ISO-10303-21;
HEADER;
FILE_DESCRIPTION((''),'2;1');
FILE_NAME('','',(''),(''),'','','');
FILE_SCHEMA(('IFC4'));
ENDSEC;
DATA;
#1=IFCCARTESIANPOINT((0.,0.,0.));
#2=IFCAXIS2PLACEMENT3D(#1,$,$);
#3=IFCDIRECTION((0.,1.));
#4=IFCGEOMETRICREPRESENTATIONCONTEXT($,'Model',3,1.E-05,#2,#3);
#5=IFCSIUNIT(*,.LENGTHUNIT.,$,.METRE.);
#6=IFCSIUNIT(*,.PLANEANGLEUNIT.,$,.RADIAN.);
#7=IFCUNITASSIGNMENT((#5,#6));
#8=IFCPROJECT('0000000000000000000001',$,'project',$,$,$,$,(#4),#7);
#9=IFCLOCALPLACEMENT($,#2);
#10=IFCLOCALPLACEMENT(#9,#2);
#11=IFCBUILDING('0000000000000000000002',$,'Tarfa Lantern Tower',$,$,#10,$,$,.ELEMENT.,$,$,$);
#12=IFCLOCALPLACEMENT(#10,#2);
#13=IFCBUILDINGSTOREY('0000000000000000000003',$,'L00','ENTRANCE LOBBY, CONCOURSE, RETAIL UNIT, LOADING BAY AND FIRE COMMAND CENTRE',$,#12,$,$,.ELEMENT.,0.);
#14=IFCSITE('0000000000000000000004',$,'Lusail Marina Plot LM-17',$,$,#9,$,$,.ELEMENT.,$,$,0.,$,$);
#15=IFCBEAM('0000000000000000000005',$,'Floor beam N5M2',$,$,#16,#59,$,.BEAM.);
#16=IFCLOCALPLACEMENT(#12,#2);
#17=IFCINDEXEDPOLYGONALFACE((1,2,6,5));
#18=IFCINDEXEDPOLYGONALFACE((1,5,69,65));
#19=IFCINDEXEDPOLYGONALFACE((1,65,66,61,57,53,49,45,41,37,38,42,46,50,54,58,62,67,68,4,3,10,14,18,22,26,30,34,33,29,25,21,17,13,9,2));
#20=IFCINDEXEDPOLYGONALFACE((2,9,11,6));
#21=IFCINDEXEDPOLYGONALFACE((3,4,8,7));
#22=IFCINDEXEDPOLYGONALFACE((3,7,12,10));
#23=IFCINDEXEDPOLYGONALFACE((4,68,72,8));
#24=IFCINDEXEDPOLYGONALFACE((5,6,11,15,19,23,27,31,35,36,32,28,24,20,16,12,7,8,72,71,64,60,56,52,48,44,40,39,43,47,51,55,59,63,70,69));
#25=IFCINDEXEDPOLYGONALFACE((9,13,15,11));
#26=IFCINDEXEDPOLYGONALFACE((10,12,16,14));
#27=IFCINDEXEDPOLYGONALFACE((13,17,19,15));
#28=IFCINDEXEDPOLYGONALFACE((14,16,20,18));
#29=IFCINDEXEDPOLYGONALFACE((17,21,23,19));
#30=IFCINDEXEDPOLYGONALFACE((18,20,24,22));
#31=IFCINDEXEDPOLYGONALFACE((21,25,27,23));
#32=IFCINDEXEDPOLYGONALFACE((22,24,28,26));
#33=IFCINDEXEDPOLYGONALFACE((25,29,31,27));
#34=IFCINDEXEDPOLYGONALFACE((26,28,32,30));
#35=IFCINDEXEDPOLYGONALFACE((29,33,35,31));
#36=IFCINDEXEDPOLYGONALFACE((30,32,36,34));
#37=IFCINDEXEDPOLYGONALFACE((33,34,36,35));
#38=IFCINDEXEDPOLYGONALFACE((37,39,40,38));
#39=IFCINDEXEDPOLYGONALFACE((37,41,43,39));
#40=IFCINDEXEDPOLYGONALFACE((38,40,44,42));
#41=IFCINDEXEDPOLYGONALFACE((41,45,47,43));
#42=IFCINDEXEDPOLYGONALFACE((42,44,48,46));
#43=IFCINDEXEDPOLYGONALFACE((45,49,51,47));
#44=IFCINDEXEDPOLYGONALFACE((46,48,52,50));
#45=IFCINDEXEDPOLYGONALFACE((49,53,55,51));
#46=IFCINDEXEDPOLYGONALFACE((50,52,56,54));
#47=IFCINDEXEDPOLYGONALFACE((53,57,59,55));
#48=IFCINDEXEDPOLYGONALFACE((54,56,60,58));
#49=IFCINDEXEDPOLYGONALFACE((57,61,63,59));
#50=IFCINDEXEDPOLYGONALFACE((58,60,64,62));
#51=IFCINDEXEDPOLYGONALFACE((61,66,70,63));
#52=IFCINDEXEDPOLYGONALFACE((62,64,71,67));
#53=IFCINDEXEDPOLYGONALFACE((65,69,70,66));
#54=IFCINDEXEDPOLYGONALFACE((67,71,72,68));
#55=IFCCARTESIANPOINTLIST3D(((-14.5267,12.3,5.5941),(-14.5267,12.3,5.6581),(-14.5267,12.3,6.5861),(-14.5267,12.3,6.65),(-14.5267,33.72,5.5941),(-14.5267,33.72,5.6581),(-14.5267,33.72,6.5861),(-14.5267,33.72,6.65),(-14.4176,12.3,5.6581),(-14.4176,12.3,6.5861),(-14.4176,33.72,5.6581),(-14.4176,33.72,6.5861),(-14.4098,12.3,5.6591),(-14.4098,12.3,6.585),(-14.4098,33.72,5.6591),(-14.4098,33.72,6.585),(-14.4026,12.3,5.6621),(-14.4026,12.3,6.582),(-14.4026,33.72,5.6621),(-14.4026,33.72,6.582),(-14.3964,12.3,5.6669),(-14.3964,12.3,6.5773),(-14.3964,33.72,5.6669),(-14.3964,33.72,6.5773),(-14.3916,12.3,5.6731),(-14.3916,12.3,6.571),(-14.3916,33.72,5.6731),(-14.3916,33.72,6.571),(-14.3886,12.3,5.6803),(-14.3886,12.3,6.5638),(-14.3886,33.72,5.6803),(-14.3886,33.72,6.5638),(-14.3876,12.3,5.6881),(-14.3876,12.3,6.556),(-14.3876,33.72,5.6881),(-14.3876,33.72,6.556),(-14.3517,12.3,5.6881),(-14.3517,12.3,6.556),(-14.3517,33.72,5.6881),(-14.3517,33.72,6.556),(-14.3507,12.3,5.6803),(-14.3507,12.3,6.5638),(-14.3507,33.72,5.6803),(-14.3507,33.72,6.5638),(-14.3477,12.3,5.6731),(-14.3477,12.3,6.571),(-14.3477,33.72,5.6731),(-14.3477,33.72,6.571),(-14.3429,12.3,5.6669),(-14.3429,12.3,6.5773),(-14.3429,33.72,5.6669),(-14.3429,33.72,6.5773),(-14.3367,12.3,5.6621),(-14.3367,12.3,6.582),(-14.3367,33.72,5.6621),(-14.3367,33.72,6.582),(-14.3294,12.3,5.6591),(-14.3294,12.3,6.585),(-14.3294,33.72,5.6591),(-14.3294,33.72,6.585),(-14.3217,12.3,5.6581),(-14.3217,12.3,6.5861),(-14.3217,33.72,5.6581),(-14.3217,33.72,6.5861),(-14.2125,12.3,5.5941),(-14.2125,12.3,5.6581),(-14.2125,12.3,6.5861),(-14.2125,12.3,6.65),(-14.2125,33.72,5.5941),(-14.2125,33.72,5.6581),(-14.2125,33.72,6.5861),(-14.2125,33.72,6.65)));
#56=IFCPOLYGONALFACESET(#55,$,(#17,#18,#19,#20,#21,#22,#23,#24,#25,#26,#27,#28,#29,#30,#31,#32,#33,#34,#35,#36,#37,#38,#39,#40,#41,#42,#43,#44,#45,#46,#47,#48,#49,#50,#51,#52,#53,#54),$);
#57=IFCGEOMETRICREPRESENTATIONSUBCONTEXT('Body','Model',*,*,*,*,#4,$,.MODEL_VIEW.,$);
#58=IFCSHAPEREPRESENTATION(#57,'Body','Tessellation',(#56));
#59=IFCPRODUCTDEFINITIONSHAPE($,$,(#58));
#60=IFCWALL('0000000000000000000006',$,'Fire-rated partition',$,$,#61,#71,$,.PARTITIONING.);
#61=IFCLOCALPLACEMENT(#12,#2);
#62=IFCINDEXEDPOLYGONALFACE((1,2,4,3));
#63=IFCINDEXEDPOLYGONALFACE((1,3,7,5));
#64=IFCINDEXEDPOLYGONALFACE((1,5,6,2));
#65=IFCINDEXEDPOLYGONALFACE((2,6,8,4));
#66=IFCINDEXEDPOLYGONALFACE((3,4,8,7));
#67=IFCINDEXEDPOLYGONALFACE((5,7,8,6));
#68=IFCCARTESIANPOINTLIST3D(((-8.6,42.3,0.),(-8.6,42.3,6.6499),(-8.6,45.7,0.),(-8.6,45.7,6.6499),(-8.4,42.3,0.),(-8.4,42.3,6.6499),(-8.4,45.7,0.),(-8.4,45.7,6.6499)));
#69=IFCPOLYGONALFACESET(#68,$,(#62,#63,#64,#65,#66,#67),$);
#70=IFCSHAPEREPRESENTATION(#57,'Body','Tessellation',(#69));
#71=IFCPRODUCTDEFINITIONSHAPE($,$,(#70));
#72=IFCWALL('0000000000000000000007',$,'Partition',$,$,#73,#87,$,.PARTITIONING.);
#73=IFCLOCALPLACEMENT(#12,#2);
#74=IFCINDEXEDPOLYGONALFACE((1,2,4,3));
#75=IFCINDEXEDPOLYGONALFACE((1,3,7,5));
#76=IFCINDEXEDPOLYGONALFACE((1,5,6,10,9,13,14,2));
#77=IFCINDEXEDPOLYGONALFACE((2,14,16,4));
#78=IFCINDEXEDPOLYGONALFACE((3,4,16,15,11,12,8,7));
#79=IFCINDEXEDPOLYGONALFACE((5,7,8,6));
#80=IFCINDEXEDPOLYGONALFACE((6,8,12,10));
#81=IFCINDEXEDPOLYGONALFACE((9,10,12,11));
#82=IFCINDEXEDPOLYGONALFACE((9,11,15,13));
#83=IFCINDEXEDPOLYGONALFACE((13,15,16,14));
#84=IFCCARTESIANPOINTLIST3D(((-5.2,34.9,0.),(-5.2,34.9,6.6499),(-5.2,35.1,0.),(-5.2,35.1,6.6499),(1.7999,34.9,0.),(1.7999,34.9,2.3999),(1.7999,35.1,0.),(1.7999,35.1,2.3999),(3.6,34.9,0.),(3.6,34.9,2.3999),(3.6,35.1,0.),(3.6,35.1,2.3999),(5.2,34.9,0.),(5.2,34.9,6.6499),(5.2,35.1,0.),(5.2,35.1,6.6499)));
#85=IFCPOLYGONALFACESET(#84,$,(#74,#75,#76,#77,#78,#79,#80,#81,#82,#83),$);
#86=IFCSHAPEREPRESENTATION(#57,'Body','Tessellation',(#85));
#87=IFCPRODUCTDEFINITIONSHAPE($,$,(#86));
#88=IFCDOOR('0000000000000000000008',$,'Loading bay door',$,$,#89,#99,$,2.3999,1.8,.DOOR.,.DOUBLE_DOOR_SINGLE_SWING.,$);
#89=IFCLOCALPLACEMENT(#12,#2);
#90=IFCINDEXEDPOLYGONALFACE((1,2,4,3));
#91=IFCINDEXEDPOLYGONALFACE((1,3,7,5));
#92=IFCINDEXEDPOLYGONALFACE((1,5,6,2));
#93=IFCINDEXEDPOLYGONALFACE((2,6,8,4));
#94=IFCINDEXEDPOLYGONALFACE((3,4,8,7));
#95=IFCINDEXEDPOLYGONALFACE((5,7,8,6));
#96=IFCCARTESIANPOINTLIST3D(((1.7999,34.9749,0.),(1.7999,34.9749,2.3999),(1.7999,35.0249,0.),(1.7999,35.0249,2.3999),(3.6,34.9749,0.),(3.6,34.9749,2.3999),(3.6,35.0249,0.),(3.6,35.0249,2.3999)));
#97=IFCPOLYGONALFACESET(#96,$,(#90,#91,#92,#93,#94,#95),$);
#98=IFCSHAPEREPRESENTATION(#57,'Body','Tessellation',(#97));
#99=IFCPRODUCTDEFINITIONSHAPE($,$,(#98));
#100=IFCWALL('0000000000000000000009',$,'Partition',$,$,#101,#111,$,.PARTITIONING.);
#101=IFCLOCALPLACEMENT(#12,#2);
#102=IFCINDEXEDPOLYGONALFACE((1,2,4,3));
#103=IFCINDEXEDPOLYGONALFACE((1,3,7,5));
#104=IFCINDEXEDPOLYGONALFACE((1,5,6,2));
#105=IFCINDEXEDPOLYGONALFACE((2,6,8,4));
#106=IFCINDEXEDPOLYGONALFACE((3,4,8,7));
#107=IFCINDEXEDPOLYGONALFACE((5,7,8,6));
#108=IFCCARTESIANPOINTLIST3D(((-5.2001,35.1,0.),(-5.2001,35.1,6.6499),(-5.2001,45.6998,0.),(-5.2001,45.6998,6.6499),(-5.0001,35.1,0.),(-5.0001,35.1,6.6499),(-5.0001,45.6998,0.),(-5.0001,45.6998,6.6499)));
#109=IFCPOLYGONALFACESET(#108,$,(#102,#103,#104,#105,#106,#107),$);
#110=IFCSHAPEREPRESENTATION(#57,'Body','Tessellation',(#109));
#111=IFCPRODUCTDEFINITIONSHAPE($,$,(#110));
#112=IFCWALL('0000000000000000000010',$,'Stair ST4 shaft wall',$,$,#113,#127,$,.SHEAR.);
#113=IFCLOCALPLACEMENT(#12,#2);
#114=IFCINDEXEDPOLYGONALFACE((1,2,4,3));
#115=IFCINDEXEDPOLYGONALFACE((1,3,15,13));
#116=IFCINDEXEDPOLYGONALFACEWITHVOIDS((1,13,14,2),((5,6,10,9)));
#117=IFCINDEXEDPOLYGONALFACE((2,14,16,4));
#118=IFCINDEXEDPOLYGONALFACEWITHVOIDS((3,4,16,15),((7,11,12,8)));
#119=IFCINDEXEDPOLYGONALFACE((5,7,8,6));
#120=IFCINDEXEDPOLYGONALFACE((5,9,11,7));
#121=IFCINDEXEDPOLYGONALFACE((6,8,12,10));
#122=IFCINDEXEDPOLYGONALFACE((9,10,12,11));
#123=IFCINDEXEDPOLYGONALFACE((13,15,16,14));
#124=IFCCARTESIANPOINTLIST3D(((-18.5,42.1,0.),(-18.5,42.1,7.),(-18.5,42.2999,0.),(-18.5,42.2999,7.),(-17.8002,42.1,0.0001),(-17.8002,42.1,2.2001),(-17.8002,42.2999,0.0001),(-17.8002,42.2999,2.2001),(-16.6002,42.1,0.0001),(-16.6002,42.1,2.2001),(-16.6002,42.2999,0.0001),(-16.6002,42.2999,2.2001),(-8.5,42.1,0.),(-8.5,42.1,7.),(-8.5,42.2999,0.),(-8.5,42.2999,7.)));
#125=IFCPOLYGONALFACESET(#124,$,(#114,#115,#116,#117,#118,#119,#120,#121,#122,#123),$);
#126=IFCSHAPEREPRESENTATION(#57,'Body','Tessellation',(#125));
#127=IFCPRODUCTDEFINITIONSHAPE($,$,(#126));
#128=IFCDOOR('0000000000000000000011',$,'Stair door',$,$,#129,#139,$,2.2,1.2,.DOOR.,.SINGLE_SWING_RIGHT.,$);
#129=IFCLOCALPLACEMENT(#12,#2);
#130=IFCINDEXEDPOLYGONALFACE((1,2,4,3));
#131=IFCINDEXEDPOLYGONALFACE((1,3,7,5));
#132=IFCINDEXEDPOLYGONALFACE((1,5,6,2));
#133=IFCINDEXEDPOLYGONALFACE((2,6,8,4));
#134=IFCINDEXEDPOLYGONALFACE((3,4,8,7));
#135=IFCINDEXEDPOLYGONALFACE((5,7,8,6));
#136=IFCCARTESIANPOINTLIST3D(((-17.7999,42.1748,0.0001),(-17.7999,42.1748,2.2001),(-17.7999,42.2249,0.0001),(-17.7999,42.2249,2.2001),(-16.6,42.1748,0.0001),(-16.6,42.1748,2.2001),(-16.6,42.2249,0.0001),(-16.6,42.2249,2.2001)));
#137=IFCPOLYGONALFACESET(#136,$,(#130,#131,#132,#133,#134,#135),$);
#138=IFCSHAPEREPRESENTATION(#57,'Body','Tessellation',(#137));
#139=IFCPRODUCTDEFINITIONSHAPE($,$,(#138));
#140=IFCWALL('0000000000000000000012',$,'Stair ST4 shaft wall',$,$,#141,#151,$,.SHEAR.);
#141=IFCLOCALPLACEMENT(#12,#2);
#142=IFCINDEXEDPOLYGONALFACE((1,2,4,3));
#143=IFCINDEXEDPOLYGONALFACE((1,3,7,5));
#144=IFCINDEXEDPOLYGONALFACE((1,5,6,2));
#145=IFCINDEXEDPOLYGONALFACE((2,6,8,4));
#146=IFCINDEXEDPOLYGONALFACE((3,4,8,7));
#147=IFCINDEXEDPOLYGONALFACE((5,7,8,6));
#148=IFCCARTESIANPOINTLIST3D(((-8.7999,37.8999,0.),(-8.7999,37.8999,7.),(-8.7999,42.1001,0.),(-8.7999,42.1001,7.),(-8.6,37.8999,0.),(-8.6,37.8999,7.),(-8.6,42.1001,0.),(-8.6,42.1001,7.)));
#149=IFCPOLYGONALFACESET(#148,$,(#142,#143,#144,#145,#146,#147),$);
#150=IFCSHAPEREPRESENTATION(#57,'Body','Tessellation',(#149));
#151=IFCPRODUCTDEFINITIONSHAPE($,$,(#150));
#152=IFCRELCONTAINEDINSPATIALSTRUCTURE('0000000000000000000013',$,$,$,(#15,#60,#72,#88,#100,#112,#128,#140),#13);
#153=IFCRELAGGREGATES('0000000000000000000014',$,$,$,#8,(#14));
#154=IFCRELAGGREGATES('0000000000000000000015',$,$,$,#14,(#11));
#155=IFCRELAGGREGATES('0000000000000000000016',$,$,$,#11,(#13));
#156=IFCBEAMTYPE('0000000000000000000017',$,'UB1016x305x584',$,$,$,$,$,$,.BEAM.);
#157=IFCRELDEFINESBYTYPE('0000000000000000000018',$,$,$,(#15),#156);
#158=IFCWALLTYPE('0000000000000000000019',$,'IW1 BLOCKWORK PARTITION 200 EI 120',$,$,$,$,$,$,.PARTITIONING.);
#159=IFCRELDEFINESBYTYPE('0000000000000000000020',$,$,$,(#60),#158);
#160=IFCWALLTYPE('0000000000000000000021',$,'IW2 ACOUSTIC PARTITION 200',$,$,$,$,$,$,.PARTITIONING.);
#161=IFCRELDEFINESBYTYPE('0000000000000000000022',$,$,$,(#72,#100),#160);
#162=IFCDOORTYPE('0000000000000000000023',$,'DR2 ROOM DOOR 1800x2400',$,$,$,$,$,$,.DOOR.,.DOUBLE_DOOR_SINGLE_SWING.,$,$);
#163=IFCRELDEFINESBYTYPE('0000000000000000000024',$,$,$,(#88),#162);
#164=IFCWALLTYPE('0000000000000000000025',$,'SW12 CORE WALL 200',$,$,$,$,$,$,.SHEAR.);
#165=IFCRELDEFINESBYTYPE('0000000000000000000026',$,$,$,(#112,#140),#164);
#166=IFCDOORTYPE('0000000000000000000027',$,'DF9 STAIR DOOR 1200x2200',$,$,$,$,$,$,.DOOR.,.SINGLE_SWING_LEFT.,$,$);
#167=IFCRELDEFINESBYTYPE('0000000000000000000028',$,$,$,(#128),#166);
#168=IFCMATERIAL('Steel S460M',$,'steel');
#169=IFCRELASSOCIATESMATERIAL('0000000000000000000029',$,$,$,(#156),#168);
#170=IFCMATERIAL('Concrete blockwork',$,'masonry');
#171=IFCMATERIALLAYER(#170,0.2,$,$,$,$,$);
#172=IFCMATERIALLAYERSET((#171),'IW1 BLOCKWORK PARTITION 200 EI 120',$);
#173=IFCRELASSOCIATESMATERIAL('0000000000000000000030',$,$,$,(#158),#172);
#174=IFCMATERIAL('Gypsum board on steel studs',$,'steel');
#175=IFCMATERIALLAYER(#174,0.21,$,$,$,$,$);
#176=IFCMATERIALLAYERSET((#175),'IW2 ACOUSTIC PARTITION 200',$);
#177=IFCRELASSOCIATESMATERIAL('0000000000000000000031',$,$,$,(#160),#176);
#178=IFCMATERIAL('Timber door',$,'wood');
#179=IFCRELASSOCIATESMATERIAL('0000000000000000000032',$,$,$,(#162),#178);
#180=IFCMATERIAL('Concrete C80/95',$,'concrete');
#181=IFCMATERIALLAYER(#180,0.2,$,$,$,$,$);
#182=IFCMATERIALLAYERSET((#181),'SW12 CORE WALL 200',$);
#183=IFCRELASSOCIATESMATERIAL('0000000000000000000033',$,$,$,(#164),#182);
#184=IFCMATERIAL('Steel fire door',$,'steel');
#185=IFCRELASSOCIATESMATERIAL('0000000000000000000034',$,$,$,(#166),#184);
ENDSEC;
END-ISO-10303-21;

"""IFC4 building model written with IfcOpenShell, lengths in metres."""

from ifc_helpers import new_model, si_unit, direction, frame, frame_2d, origin, origin_2d, place, context, subcontext, project, spatial, rectangle, i_section, extrude, material, layer, layer_set, material_profile, profile_set, type_object, element, fill, save


model = new_model("IFC4")

# Units and contexts
model_context = context("Model", 3, precision=1e-05, world=origin(), true_north=direction((0.0, 1.0)))
body_context = subcontext(model_context, "Body", "Model", "MODEL_VIEW")
ifc_project = project(units=[si_unit("LENGTHUNIT", "METRE"), si_unit("PLANEANGLEUNIT", "RADIAN")], contexts=[model_context])

# Site, building, storey
site_placement = place(None, origin())
site = spatial("IfcSite", under=ifc_project, at=site_placement, Name="Lusail Marina Plot LM-17", CompositionType="ELEMENT", RefElevation=0.0)
building_placement = place(site_placement, origin())
building = spatial("IfcBuilding", under=site, at=building_placement, Name="Tarfa Lantern Tower", CompositionType="ELEMENT")
storey_placement = place(building_placement, origin())
storey = spatial("IfcBuildingStorey", under=building, at=storey_placement, Name="L00", Description="ENTRANCE LOBBY, CONCOURSE, RETAIL UNIT, LOADING BAY AND FIRE COMMAND CENTRE", CompositionType="ELEMENT", Elevation=0.0)

# Shared definitions
ifc_material_1 = material(Name="Concrete C80/95", Category="concrete")

# Beam
ifc_material_2 = material(Name="Steel S460M", Category="steel")
ifc_material_profile_1 = material_profile(ifc_material_2, i_section(OverallWidth=0.3142, OverallDepth=1.0559, WebThickness=0.0359, FlangeThickness=0.064, FilletRadius=0.03, at=origin_2d()), Name="UB1016x305x584")
ifc_profile_set_1 = profile_set([ifc_material_profile_1], Name="Steel S460M")
beam_type_1 = type_object("IfcBeamType", Name="UB1016x305x584", PredefinedType="BEAM", material=ifc_profile_set_1)
for number, where, z_axis, x_axis, name in (
    (1, (-14.3696, 33.72, 6.1221), (0.0, -1.0, 0.0), (1.0, 0.0, 0.0), "Floor beam N5M2"),
):
    element("IfcBeam", number, at=place(storey_placement, frame(where, z_axis=z_axis, x_axis=x_axis)), inside=storey, type_object=beam_type_1, Name=name, PredefinedType="BEAM", context=body_context, shape_type="SweptSolid", body=[
        extrude(i_section(OverallWidth=0.3142, OverallDepth=1.0559, WebThickness=0.0359, FlangeThickness=0.064, FilletRadius=0.03, at=origin_2d()), origin(), (0.0, 0.0, 1.0), 21.4199),
    ])

# Wall
ifc_material_3 = material(Name="Concrete blockwork", Category="masonry")
ifc_layer_1 = layer(ifc_material_3, 0.2)
ifc_layer_set_1 = layer_set([ifc_layer_1], Name="IW1 BLOCKWORK PARTITION 200 EI 120")
wall_type_1 = type_object("IfcWallType", Name="IW1 BLOCKWORK PARTITION 200 EI 120", PredefinedType="PARTITIONING", material=ifc_layer_set_1)
wall_1_placement = place(storey_placement, frame((-8.5, 45.7, 0.0), z_axis=(0.0, 0.0, 1.0), x_axis=(0.0, -1.0, 0.0)))
element("IfcWall", 2, at=wall_1_placement, inside=storey, type_object=wall_type_1, Name="Fire-rated partition", PredefinedType="PARTITIONING", context=body_context, shape_type="SweptSolid", body=[
    extrude(rectangle(XDim=3.3999, YDim=0.2, at=frame_2d((1.7, 0.0))), origin(), (0.0, 0.0, 1.0), 6.6499),
])

# Wall, opening, door
ifc_material_4 = material(Name="Gypsum board on steel studs", Category="steel")
ifc_layer_2 = layer(ifc_material_4, 0.21)
ifc_layer_set_2 = layer_set([ifc_layer_2], Name="IW2 ACOUSTIC PARTITION 200")
wall_type_2 = type_object("IfcWallType", Name="IW2 ACOUSTIC PARTITION 200", PredefinedType="PARTITIONING", material=ifc_layer_set_2)
wall_2_placement = place(storey_placement, frame((-5.2, 35.0, 0.0), z_axis=(0.0, 0.0, 1.0), x_axis=(1.0, 0.0, 0.0)))
wall_2 = element("IfcWall", 3, at=wall_2_placement, inside=storey, type_object=wall_type_2, Name="Partition", PredefinedType="PARTITIONING", context=body_context, shape_type="SweptSolid", body=[
    extrude(rectangle(XDim=10.3999, YDim=0.2, at=frame_2d((5.2, 0.0))), origin(), (0.0, 0.0, 1.0), 6.6499),
])
opening_1_placement = place(wall_2_placement, frame((7.0, 0.0, 0.0)))
opening_1 = element("IfcOpeningElement", 4, at=opening_1_placement, cuts=wall_2, PredefinedType="OPENING", context=body_context, shape_type="SweptSolid", body=[
    extrude(rectangle(XDim=1.8, YDim=2.3999, at=frame_2d((0.8999, 1.2))), frame((0.0, 0.1099, 0.0), z_axis=(0.0, -1.0, 0.0), x_axis=(1.0, 0.0, 0.0)), (0.0, 0.0, 1.0), 0.22),
])
ifc_material_5 = material(Name="Timber door", Category="wood")
door_type_1 = type_object("IfcDoorType", Name="DR2 ROOM DOOR 1800x2400", OperationType="DOUBLE_DOOR_SINGLE_SWING", PredefinedType="DOOR", material=ifc_material_5)
door_1_placement = place(opening_1_placement, origin())
door_1 = element("IfcDoor", 5, at=door_1_placement, inside=storey, type_object=door_type_1, Name="Loading bay door", OperationType="DOUBLE_DOOR_SINGLE_SWING", OverallHeight=2.3999, OverallWidth=1.8, PredefinedType="DOOR", context=body_context, shape_type="SweptSolid", body=[
    extrude(rectangle(XDim=1.8, YDim=2.3999, at=frame_2d((0.8999, 1.2))), frame((0.0, 0.0249, 0.0), z_axis=(0.0, -1.0, 0.0), x_axis=(1.0, 0.0, 0.0)), (0.0, 0.0, 1.0), 0.05),
])
fill(opening_1, door_1)

# Wall
wall_3_placement = place(storey_placement, frame((-5.1001, 35.1001, 0.0), z_axis=(0.0, 0.0, 1.0), x_axis=(0.0, 1.0, 0.0)))
element("IfcWall", 6, at=wall_3_placement, inside=storey, type_object=wall_type_2, Name="Partition", PredefinedType="PARTITIONING", context=body_context, shape_type="SweptSolid", body=[
    extrude(rectangle(XDim=10.5999, YDim=0.2, at=frame_2d((5.2998, 0.0))), origin(), (0.0, 0.0, 1.0), 6.6499),
])

# Wall, opening, door
ifc_layer_3 = layer(ifc_material_1, 0.2)
ifc_layer_set_3 = layer_set([ifc_layer_3], Name="SW12 CORE WALL 200")
wall_type_3 = type_object("IfcWallType", Name="SW12 CORE WALL 200", PredefinedType="SHEAR", material=ifc_layer_set_3)
wall_4_placement = place(storey_placement, frame((-8.5, 42.2, 0.0), z_axis=(0.0, 0.0, 1.0), x_axis=(-1.0, 0.0, 0.0)))
wall_4 = element("IfcWall", 7, at=wall_4_placement, inside=storey, type_object=wall_type_3, Name="Stair ST4 shaft wall", PredefinedType="SHEAR", context=body_context, shape_type="SweptSolid", body=[
    extrude(rectangle(XDim=10.0, YDim=0.2, at=frame_2d((5.0, 0.0))), origin(), (0.0, 0.0, 1.0), 7.0),
])
opening_2_placement = place(wall_4_placement, frame((8.1001, 0.0, 0.0)))
opening_2 = element("IfcOpeningElement", 8, at=opening_2_placement, cuts=wall_4, PredefinedType="OPENING", context=body_context, shape_type="SweptSolid", body=[
    extrude(rectangle(XDim=1.2, YDim=2.2, at=frame_2d((0.6001, 1.1001))), frame((0.0, 0.1099, 0.0), z_axis=(0.0, -1.0, 0.0), x_axis=(1.0, 0.0, 0.0)), (0.0, 0.0, 1.0), 0.22),
])
ifc_material_6 = material(Name="Steel fire door", Category="steel")
door_type_2 = type_object("IfcDoorType", Name="DF9 STAIR DOOR 1200x2200", OperationType="SINGLE_SWING_LEFT", PredefinedType="DOOR", material=ifc_material_6)
door_2_placement = place(opening_2_placement, frame((1.2, 0.0, 0.0), z_axis=(0.0, 0.0, 1.0), x_axis=(-1.0, 0.0, 0.0)))
door_2 = element("IfcDoor", 9, at=door_2_placement, inside=storey, type_object=door_type_2, Name="Stair door", OperationType="SINGLE_SWING_RIGHT", OverallHeight=2.2, OverallWidth=1.2, PredefinedType="DOOR", context=body_context, shape_type="SweptSolid", body=[
    extrude(rectangle(XDim=1.2, YDim=2.2, at=frame_2d((0.6001, 1.1001))), frame((0.0, 0.0249, 0.0), z_axis=(0.0, -1.0, 0.0), x_axis=(1.0, 0.0, 0.0)), (0.0, 0.0, 1.0), 0.05),
])
fill(opening_2, door_2)

# Wall
wall_5_placement = place(storey_placement, frame((-8.7, 37.8999, 0.0), z_axis=(0.0, 0.0, 1.0), x_axis=(0.0, 1.0, 0.0)))
element("IfcWall", 10, at=wall_5_placement, inside=storey, type_object=wall_type_3, Name="Stair ST4 shaft wall", PredefinedType="SHEAR", context=body_context, shape_type="SweptSolid", body=[
    extrude(rectangle(XDim=4.2002, YDim=0.2, at=frame_2d((2.1001, 0.0))), origin(), (0.0, 0.0, 1.0), 7.0),
])

save(model, "model.ifc")
